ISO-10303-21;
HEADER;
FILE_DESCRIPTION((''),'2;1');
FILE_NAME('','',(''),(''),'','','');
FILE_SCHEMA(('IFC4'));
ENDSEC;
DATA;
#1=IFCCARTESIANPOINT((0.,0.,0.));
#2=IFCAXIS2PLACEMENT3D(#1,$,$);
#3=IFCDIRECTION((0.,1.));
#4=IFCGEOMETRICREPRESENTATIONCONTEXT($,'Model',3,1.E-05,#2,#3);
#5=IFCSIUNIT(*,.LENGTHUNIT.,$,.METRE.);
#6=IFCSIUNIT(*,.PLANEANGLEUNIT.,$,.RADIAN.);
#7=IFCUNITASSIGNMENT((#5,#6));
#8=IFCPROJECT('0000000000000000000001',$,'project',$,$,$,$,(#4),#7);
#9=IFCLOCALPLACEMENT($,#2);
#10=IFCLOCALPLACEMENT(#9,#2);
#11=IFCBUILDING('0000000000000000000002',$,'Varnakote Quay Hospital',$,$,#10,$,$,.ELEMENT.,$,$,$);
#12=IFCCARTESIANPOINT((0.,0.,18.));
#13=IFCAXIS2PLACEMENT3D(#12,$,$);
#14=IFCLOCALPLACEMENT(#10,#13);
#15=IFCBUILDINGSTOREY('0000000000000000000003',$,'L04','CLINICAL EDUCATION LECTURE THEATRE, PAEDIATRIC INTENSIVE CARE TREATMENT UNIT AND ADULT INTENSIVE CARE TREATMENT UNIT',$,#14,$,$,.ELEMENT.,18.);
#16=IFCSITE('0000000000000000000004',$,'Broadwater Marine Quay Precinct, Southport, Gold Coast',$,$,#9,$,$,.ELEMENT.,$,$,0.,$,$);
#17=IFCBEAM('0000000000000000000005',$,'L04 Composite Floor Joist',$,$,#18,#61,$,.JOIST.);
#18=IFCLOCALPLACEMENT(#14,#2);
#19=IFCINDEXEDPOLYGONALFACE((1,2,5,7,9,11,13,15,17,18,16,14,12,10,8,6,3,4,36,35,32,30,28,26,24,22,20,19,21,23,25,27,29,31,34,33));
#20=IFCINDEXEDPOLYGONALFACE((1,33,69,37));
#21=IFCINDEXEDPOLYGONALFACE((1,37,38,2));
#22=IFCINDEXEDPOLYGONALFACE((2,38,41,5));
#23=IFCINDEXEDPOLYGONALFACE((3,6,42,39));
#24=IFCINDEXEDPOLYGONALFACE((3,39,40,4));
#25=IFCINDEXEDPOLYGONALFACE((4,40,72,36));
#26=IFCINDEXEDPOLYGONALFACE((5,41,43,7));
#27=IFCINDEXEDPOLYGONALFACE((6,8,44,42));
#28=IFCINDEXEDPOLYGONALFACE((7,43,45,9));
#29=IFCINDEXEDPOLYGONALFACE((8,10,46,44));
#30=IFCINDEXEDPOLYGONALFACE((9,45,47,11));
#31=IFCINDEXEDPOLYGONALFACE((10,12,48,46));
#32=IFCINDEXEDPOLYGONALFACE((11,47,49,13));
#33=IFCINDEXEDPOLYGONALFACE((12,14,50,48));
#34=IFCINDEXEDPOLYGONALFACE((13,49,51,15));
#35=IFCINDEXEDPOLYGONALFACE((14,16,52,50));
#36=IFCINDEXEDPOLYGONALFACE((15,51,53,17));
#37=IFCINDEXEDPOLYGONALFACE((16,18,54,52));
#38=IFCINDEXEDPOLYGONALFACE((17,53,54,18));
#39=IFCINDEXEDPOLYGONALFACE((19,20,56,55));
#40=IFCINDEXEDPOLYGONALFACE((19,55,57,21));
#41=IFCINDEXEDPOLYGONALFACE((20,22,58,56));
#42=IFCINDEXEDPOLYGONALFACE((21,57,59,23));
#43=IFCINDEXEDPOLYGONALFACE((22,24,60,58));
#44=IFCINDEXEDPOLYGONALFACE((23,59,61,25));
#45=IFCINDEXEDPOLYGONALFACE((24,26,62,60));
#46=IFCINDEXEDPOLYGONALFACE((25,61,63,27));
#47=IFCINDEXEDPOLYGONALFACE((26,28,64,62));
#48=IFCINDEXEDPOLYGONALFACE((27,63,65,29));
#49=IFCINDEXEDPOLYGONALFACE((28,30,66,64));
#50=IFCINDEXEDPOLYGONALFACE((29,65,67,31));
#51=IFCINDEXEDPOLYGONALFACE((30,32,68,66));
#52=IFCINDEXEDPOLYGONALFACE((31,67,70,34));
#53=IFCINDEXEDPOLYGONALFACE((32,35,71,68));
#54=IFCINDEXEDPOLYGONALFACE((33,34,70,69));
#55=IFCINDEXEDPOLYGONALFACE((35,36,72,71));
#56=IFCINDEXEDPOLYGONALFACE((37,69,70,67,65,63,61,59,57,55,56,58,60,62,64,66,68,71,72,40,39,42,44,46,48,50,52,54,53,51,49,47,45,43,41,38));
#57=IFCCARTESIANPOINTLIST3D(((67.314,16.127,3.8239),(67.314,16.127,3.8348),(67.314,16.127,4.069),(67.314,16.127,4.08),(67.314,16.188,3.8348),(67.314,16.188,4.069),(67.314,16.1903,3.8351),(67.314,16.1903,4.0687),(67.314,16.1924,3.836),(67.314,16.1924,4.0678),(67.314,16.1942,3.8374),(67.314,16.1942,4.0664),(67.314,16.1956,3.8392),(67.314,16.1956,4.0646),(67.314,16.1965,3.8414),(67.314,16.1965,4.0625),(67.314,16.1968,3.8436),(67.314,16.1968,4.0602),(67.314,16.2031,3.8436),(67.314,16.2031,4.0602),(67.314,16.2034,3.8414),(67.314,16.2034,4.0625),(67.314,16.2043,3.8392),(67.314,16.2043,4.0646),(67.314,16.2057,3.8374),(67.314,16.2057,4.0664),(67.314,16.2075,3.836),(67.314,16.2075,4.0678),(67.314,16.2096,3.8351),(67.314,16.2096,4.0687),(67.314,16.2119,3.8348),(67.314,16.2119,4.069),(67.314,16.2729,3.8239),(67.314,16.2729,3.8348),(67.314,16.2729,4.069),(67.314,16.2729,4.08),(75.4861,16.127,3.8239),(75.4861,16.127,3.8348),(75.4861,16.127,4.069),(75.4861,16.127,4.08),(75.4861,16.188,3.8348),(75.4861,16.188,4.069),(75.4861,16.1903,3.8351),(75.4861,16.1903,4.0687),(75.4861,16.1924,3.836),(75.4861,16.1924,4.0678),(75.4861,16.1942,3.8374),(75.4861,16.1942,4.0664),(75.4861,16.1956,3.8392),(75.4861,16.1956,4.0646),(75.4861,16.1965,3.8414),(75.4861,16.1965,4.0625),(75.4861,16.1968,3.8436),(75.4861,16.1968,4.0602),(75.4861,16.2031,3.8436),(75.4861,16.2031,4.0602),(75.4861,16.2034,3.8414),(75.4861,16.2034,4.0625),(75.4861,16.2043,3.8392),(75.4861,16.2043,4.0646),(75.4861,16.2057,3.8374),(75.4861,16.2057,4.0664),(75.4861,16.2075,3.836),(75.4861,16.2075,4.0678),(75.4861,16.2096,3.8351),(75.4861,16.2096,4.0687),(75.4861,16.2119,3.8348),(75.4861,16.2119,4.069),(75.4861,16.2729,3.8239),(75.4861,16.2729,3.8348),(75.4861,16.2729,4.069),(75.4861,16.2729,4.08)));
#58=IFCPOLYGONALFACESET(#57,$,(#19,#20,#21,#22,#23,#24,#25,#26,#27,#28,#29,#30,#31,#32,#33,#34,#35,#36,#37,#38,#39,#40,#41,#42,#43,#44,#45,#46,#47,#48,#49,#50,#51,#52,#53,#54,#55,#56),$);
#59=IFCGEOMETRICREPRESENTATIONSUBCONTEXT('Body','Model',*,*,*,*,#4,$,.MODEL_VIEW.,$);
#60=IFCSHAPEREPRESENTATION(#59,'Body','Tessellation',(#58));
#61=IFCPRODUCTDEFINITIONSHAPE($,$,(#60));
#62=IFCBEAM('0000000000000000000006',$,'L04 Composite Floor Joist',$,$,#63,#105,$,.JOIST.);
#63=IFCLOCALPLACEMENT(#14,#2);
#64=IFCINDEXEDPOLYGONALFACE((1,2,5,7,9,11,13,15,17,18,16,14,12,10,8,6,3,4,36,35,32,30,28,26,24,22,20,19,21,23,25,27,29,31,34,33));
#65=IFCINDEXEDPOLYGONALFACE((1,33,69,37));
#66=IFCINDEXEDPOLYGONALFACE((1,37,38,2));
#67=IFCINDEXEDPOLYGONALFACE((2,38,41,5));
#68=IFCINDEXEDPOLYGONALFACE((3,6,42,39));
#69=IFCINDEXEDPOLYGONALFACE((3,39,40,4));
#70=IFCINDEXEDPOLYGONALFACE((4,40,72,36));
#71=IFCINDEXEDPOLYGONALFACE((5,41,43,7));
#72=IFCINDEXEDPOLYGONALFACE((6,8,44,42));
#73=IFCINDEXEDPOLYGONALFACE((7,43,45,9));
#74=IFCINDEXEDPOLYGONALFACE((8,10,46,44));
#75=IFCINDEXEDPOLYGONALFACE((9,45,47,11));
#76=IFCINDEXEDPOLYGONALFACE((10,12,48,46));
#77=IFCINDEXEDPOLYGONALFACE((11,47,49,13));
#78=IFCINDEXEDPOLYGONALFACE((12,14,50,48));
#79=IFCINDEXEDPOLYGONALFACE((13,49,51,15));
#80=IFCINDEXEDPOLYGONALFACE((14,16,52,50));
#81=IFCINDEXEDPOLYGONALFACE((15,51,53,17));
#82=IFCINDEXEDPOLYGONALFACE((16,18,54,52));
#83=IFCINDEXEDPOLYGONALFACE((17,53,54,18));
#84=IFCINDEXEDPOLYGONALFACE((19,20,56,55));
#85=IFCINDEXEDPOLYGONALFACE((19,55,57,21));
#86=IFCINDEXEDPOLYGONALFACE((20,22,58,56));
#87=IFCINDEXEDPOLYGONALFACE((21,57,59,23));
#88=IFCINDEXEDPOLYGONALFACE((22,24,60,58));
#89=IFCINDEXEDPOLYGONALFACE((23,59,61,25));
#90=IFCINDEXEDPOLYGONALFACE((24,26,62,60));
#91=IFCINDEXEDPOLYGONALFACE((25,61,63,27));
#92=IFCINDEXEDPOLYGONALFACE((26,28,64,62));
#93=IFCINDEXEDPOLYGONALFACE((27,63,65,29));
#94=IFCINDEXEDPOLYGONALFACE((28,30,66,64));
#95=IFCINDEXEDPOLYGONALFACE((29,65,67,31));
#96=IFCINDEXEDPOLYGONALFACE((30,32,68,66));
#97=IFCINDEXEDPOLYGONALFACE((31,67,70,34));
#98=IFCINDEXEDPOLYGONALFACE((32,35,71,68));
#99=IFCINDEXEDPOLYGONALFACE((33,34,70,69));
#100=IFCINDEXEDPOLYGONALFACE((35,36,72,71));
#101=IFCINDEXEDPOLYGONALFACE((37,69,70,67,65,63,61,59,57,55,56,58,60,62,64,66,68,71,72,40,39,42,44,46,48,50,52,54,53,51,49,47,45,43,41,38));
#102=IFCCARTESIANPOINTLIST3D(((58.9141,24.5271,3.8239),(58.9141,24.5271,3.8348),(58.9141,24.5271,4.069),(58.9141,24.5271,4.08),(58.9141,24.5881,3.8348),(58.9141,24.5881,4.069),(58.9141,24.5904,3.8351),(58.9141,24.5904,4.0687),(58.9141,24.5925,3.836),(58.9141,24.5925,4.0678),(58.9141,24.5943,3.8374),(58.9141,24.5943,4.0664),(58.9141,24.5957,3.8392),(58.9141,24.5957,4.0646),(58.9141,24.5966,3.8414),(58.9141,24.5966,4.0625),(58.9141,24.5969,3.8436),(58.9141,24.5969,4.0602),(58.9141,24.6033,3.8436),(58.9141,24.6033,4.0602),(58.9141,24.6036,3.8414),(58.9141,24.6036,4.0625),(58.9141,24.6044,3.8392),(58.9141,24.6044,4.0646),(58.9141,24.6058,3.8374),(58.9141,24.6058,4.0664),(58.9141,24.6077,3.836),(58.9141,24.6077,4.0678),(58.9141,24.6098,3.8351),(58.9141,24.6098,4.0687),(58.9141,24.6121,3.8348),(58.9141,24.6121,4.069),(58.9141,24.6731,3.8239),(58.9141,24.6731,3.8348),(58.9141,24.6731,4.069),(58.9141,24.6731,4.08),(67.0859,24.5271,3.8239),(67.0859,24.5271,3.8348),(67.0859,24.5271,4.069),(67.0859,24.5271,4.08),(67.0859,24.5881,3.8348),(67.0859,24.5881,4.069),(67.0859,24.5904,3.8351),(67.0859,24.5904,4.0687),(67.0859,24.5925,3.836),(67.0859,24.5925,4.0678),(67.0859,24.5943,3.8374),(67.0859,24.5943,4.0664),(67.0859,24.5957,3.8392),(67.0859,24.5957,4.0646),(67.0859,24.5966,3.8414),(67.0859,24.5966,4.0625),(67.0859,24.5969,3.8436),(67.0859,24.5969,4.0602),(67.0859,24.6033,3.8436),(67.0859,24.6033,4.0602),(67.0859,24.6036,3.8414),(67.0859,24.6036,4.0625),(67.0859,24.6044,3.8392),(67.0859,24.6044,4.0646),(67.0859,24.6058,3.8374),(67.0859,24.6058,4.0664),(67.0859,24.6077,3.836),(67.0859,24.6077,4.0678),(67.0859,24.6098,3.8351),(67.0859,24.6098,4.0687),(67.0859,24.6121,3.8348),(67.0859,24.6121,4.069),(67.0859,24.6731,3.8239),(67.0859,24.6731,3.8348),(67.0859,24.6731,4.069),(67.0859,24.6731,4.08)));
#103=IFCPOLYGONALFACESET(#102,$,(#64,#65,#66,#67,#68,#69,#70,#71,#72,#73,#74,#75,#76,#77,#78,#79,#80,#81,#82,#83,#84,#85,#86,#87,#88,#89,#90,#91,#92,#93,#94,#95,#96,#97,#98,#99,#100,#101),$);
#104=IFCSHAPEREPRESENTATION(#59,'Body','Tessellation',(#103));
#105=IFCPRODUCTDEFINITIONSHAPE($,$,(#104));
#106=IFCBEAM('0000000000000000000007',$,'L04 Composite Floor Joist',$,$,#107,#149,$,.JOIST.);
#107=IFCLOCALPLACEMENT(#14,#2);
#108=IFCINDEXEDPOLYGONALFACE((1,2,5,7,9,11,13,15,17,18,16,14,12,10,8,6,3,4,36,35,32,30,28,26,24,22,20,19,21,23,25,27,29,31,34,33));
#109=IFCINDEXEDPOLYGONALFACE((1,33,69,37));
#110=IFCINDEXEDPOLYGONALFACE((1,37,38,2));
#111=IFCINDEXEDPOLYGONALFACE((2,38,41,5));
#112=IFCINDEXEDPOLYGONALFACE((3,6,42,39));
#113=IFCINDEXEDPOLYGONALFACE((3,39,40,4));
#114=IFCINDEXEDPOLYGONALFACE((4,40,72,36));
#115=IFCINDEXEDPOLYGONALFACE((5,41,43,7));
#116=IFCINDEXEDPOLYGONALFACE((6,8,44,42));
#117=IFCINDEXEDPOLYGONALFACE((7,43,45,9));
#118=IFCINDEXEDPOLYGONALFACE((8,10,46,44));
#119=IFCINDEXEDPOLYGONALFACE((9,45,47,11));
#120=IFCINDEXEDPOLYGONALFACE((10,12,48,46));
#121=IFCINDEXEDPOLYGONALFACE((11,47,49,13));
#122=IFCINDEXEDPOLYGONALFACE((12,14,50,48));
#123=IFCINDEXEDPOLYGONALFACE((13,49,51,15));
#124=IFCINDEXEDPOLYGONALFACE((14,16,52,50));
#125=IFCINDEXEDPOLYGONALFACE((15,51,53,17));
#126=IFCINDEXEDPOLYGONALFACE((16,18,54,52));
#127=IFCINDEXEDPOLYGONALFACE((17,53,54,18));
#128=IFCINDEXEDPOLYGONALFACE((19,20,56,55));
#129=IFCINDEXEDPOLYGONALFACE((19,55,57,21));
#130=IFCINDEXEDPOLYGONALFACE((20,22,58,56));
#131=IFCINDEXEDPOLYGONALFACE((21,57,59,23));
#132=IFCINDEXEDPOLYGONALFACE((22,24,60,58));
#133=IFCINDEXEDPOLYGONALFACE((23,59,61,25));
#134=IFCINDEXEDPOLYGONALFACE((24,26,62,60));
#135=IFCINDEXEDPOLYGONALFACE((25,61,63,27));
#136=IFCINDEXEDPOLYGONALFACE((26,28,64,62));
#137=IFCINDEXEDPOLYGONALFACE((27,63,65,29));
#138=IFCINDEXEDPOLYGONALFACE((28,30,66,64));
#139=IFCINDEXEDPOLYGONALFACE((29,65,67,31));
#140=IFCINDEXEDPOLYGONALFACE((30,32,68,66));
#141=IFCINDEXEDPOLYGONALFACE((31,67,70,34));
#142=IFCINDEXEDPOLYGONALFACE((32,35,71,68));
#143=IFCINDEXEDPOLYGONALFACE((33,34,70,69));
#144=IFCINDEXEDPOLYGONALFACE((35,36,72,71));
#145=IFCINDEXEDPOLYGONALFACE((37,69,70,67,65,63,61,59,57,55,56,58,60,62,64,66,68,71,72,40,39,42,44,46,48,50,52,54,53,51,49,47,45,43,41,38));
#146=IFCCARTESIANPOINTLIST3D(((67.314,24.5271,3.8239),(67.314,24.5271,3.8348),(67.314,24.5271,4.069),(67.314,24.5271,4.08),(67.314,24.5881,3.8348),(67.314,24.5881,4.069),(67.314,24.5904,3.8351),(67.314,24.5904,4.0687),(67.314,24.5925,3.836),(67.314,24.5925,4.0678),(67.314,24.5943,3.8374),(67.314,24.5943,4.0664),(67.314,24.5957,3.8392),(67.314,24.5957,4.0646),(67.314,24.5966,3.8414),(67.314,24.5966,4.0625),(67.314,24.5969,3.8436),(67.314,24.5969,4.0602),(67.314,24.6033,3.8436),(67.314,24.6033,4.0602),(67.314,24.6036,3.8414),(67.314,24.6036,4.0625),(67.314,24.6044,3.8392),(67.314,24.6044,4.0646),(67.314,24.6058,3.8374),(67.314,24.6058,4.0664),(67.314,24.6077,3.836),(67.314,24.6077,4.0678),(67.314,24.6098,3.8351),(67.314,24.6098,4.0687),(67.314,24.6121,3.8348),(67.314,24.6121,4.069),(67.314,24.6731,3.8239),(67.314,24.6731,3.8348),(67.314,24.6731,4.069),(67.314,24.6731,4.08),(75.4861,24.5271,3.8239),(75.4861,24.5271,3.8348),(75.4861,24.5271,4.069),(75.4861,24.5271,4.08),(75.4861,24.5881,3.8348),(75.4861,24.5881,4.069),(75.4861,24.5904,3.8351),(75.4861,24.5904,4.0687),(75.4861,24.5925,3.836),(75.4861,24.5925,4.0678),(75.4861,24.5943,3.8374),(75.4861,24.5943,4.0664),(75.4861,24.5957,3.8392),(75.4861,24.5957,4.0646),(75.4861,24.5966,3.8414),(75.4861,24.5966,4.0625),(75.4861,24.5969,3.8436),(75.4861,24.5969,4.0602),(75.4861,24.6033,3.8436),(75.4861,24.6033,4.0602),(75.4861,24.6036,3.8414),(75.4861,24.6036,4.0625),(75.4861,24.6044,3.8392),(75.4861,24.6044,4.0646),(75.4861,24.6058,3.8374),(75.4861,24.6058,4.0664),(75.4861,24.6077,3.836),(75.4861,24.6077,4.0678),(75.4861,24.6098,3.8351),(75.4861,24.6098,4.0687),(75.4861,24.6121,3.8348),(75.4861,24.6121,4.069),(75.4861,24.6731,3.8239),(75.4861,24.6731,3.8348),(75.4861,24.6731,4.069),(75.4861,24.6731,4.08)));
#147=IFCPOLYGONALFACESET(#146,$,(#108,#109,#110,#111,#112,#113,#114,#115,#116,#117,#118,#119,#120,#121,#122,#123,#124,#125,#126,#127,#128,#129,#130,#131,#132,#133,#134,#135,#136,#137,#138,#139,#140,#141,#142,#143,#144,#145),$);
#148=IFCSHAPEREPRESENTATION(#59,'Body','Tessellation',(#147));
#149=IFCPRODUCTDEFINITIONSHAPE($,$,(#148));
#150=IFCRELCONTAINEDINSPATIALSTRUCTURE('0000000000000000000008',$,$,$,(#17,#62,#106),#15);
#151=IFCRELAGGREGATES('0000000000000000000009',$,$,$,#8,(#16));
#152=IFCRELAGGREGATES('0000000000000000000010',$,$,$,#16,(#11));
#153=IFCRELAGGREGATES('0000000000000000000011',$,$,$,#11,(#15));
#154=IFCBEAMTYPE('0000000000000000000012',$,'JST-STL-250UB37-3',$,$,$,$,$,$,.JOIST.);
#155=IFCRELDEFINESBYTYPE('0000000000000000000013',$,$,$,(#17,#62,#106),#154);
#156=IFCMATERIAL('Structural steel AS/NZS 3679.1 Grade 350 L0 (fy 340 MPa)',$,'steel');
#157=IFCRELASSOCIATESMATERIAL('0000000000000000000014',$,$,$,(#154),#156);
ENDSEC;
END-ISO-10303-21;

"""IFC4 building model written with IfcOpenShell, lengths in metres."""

from ifc_helpers import new_model, si_unit, direction, frame, origin, origin_2d, place, context, subcontext, project, spatial, i_section, extrude, material, material_profile, profile_set, type_object, element, save


model = new_model("IFC4")

# Units and contexts
model_context = context("Model", 3, precision=1e-05, world=origin(), true_north=direction((0.0, 1.0)))
body_context = subcontext(model_context, "Body", "Model", "MODEL_VIEW")
ifc_project = project(units=[si_unit("LENGTHUNIT", "METRE"), si_unit("PLANEANGLEUNIT", "RADIAN")], contexts=[model_context])

# Site, building, storey
site_placement = place(None, origin())
site = spatial("IfcSite", under=ifc_project, at=site_placement, Name="Broadwater Marine Quay Precinct, Southport, Gold Coast", CompositionType="ELEMENT", RefElevation=0.0)
building_placement = place(site_placement, origin())
building = spatial("IfcBuilding", under=site, at=building_placement, Name="Varnakote Quay Hospital", CompositionType="ELEMENT")
storey_placement = place(building_placement, frame((0.0, 0.0, 18.0)))
storey = spatial("IfcBuildingStorey", under=building, at=storey_placement, Name="L04", Description="CLINICAL EDUCATION LECTURE THEATRE, PAEDIATRIC INTENSIVE CARE TREATMENT UNIT AND ADULT INTENSIVE CARE TREATMENT UNIT", CompositionType="ELEMENT", Elevation=18.0)

# Beams
ifc_material_1 = material(Name="Structural steel AS/NZS 3679.1 Grade 350 L0 (fy 340 MPa)", Category="steel")
ifc_material_profile_1 = material_profile(ifc_material_1, i_section(OverallWidth=0.146, OverallDepth=0.2561, WebThickness=0.0063, FlangeThickness=0.011, FilletRadius=0.0088, at=origin_2d()), Name="250UB37.3")
ifc_profile_set_1 = profile_set([ifc_material_profile_1], Name="Structural steel AS/NZS 3679.1 Grade 350 L0 (fy 340 MPa)")
beam_type_1 = type_object("IfcBeamType", Name="JST-STL-250UB37-3", PredefinedType="JOIST", material=ifc_profile_set_1)
beam_1_placement = place(storey_placement, frame((67.314, 16.2, 3.9519), z_axis=(1.0, 0.0, 0.0), x_axis=(0.0, 1.0, 0.0)))
element("IfcBeam", 1, at=beam_1_placement, inside=storey, type_object=beam_type_1, Name="L04 Composite Floor Joist", PredefinedType="JOIST", context=body_context, shape_type="SweptSolid", body=[
    extrude(i_section(OverallWidth=0.146, OverallDepth=0.2561, WebThickness=0.0063, FlangeThickness=0.011, FilletRadius=0.0088, at=origin_2d()), origin(), (0.0, 0.0, 1.0), 8.1721),
])
beam_2_placement = place(storey_placement, frame((58.9141, 24.6001, 3.9519), z_axis=(1.0, 0.0, 0.0), x_axis=(0.0, 1.0, 0.0)))
element("IfcBeam", 2, at=beam_2_placement, inside=storey, type_object=beam_type_1, Name="L04 Composite Floor Joist", PredefinedType="JOIST", context=body_context, shape_type="SweptSolid", body=[
    extrude(i_section(OverallWidth=0.146, OverallDepth=0.2561, WebThickness=0.0063, FlangeThickness=0.011, FilletRadius=0.0088, at=origin_2d()), origin(), (0.0, 0.0, 1.0), 8.1719),
])
beam_3_placement = place(storey_placement, frame((67.314, 24.6001, 3.9519), z_axis=(1.0, 0.0, 0.0), x_axis=(0.0, 1.0, 0.0)))
element("IfcBeam", 3, at=beam_3_placement, inside=storey, type_object=beam_type_1, Name="L04 Composite Floor Joist", PredefinedType="JOIST", context=body_context, shape_type="SweptSolid", body=[
    extrude(i_section(OverallWidth=0.146, OverallDepth=0.2561, WebThickness=0.0063, FlangeThickness=0.011, FilletRadius=0.0088, at=origin_2d()), origin(), (0.0, 0.0, 1.0), 8.1721),
])

save(model, "model.ifc")
